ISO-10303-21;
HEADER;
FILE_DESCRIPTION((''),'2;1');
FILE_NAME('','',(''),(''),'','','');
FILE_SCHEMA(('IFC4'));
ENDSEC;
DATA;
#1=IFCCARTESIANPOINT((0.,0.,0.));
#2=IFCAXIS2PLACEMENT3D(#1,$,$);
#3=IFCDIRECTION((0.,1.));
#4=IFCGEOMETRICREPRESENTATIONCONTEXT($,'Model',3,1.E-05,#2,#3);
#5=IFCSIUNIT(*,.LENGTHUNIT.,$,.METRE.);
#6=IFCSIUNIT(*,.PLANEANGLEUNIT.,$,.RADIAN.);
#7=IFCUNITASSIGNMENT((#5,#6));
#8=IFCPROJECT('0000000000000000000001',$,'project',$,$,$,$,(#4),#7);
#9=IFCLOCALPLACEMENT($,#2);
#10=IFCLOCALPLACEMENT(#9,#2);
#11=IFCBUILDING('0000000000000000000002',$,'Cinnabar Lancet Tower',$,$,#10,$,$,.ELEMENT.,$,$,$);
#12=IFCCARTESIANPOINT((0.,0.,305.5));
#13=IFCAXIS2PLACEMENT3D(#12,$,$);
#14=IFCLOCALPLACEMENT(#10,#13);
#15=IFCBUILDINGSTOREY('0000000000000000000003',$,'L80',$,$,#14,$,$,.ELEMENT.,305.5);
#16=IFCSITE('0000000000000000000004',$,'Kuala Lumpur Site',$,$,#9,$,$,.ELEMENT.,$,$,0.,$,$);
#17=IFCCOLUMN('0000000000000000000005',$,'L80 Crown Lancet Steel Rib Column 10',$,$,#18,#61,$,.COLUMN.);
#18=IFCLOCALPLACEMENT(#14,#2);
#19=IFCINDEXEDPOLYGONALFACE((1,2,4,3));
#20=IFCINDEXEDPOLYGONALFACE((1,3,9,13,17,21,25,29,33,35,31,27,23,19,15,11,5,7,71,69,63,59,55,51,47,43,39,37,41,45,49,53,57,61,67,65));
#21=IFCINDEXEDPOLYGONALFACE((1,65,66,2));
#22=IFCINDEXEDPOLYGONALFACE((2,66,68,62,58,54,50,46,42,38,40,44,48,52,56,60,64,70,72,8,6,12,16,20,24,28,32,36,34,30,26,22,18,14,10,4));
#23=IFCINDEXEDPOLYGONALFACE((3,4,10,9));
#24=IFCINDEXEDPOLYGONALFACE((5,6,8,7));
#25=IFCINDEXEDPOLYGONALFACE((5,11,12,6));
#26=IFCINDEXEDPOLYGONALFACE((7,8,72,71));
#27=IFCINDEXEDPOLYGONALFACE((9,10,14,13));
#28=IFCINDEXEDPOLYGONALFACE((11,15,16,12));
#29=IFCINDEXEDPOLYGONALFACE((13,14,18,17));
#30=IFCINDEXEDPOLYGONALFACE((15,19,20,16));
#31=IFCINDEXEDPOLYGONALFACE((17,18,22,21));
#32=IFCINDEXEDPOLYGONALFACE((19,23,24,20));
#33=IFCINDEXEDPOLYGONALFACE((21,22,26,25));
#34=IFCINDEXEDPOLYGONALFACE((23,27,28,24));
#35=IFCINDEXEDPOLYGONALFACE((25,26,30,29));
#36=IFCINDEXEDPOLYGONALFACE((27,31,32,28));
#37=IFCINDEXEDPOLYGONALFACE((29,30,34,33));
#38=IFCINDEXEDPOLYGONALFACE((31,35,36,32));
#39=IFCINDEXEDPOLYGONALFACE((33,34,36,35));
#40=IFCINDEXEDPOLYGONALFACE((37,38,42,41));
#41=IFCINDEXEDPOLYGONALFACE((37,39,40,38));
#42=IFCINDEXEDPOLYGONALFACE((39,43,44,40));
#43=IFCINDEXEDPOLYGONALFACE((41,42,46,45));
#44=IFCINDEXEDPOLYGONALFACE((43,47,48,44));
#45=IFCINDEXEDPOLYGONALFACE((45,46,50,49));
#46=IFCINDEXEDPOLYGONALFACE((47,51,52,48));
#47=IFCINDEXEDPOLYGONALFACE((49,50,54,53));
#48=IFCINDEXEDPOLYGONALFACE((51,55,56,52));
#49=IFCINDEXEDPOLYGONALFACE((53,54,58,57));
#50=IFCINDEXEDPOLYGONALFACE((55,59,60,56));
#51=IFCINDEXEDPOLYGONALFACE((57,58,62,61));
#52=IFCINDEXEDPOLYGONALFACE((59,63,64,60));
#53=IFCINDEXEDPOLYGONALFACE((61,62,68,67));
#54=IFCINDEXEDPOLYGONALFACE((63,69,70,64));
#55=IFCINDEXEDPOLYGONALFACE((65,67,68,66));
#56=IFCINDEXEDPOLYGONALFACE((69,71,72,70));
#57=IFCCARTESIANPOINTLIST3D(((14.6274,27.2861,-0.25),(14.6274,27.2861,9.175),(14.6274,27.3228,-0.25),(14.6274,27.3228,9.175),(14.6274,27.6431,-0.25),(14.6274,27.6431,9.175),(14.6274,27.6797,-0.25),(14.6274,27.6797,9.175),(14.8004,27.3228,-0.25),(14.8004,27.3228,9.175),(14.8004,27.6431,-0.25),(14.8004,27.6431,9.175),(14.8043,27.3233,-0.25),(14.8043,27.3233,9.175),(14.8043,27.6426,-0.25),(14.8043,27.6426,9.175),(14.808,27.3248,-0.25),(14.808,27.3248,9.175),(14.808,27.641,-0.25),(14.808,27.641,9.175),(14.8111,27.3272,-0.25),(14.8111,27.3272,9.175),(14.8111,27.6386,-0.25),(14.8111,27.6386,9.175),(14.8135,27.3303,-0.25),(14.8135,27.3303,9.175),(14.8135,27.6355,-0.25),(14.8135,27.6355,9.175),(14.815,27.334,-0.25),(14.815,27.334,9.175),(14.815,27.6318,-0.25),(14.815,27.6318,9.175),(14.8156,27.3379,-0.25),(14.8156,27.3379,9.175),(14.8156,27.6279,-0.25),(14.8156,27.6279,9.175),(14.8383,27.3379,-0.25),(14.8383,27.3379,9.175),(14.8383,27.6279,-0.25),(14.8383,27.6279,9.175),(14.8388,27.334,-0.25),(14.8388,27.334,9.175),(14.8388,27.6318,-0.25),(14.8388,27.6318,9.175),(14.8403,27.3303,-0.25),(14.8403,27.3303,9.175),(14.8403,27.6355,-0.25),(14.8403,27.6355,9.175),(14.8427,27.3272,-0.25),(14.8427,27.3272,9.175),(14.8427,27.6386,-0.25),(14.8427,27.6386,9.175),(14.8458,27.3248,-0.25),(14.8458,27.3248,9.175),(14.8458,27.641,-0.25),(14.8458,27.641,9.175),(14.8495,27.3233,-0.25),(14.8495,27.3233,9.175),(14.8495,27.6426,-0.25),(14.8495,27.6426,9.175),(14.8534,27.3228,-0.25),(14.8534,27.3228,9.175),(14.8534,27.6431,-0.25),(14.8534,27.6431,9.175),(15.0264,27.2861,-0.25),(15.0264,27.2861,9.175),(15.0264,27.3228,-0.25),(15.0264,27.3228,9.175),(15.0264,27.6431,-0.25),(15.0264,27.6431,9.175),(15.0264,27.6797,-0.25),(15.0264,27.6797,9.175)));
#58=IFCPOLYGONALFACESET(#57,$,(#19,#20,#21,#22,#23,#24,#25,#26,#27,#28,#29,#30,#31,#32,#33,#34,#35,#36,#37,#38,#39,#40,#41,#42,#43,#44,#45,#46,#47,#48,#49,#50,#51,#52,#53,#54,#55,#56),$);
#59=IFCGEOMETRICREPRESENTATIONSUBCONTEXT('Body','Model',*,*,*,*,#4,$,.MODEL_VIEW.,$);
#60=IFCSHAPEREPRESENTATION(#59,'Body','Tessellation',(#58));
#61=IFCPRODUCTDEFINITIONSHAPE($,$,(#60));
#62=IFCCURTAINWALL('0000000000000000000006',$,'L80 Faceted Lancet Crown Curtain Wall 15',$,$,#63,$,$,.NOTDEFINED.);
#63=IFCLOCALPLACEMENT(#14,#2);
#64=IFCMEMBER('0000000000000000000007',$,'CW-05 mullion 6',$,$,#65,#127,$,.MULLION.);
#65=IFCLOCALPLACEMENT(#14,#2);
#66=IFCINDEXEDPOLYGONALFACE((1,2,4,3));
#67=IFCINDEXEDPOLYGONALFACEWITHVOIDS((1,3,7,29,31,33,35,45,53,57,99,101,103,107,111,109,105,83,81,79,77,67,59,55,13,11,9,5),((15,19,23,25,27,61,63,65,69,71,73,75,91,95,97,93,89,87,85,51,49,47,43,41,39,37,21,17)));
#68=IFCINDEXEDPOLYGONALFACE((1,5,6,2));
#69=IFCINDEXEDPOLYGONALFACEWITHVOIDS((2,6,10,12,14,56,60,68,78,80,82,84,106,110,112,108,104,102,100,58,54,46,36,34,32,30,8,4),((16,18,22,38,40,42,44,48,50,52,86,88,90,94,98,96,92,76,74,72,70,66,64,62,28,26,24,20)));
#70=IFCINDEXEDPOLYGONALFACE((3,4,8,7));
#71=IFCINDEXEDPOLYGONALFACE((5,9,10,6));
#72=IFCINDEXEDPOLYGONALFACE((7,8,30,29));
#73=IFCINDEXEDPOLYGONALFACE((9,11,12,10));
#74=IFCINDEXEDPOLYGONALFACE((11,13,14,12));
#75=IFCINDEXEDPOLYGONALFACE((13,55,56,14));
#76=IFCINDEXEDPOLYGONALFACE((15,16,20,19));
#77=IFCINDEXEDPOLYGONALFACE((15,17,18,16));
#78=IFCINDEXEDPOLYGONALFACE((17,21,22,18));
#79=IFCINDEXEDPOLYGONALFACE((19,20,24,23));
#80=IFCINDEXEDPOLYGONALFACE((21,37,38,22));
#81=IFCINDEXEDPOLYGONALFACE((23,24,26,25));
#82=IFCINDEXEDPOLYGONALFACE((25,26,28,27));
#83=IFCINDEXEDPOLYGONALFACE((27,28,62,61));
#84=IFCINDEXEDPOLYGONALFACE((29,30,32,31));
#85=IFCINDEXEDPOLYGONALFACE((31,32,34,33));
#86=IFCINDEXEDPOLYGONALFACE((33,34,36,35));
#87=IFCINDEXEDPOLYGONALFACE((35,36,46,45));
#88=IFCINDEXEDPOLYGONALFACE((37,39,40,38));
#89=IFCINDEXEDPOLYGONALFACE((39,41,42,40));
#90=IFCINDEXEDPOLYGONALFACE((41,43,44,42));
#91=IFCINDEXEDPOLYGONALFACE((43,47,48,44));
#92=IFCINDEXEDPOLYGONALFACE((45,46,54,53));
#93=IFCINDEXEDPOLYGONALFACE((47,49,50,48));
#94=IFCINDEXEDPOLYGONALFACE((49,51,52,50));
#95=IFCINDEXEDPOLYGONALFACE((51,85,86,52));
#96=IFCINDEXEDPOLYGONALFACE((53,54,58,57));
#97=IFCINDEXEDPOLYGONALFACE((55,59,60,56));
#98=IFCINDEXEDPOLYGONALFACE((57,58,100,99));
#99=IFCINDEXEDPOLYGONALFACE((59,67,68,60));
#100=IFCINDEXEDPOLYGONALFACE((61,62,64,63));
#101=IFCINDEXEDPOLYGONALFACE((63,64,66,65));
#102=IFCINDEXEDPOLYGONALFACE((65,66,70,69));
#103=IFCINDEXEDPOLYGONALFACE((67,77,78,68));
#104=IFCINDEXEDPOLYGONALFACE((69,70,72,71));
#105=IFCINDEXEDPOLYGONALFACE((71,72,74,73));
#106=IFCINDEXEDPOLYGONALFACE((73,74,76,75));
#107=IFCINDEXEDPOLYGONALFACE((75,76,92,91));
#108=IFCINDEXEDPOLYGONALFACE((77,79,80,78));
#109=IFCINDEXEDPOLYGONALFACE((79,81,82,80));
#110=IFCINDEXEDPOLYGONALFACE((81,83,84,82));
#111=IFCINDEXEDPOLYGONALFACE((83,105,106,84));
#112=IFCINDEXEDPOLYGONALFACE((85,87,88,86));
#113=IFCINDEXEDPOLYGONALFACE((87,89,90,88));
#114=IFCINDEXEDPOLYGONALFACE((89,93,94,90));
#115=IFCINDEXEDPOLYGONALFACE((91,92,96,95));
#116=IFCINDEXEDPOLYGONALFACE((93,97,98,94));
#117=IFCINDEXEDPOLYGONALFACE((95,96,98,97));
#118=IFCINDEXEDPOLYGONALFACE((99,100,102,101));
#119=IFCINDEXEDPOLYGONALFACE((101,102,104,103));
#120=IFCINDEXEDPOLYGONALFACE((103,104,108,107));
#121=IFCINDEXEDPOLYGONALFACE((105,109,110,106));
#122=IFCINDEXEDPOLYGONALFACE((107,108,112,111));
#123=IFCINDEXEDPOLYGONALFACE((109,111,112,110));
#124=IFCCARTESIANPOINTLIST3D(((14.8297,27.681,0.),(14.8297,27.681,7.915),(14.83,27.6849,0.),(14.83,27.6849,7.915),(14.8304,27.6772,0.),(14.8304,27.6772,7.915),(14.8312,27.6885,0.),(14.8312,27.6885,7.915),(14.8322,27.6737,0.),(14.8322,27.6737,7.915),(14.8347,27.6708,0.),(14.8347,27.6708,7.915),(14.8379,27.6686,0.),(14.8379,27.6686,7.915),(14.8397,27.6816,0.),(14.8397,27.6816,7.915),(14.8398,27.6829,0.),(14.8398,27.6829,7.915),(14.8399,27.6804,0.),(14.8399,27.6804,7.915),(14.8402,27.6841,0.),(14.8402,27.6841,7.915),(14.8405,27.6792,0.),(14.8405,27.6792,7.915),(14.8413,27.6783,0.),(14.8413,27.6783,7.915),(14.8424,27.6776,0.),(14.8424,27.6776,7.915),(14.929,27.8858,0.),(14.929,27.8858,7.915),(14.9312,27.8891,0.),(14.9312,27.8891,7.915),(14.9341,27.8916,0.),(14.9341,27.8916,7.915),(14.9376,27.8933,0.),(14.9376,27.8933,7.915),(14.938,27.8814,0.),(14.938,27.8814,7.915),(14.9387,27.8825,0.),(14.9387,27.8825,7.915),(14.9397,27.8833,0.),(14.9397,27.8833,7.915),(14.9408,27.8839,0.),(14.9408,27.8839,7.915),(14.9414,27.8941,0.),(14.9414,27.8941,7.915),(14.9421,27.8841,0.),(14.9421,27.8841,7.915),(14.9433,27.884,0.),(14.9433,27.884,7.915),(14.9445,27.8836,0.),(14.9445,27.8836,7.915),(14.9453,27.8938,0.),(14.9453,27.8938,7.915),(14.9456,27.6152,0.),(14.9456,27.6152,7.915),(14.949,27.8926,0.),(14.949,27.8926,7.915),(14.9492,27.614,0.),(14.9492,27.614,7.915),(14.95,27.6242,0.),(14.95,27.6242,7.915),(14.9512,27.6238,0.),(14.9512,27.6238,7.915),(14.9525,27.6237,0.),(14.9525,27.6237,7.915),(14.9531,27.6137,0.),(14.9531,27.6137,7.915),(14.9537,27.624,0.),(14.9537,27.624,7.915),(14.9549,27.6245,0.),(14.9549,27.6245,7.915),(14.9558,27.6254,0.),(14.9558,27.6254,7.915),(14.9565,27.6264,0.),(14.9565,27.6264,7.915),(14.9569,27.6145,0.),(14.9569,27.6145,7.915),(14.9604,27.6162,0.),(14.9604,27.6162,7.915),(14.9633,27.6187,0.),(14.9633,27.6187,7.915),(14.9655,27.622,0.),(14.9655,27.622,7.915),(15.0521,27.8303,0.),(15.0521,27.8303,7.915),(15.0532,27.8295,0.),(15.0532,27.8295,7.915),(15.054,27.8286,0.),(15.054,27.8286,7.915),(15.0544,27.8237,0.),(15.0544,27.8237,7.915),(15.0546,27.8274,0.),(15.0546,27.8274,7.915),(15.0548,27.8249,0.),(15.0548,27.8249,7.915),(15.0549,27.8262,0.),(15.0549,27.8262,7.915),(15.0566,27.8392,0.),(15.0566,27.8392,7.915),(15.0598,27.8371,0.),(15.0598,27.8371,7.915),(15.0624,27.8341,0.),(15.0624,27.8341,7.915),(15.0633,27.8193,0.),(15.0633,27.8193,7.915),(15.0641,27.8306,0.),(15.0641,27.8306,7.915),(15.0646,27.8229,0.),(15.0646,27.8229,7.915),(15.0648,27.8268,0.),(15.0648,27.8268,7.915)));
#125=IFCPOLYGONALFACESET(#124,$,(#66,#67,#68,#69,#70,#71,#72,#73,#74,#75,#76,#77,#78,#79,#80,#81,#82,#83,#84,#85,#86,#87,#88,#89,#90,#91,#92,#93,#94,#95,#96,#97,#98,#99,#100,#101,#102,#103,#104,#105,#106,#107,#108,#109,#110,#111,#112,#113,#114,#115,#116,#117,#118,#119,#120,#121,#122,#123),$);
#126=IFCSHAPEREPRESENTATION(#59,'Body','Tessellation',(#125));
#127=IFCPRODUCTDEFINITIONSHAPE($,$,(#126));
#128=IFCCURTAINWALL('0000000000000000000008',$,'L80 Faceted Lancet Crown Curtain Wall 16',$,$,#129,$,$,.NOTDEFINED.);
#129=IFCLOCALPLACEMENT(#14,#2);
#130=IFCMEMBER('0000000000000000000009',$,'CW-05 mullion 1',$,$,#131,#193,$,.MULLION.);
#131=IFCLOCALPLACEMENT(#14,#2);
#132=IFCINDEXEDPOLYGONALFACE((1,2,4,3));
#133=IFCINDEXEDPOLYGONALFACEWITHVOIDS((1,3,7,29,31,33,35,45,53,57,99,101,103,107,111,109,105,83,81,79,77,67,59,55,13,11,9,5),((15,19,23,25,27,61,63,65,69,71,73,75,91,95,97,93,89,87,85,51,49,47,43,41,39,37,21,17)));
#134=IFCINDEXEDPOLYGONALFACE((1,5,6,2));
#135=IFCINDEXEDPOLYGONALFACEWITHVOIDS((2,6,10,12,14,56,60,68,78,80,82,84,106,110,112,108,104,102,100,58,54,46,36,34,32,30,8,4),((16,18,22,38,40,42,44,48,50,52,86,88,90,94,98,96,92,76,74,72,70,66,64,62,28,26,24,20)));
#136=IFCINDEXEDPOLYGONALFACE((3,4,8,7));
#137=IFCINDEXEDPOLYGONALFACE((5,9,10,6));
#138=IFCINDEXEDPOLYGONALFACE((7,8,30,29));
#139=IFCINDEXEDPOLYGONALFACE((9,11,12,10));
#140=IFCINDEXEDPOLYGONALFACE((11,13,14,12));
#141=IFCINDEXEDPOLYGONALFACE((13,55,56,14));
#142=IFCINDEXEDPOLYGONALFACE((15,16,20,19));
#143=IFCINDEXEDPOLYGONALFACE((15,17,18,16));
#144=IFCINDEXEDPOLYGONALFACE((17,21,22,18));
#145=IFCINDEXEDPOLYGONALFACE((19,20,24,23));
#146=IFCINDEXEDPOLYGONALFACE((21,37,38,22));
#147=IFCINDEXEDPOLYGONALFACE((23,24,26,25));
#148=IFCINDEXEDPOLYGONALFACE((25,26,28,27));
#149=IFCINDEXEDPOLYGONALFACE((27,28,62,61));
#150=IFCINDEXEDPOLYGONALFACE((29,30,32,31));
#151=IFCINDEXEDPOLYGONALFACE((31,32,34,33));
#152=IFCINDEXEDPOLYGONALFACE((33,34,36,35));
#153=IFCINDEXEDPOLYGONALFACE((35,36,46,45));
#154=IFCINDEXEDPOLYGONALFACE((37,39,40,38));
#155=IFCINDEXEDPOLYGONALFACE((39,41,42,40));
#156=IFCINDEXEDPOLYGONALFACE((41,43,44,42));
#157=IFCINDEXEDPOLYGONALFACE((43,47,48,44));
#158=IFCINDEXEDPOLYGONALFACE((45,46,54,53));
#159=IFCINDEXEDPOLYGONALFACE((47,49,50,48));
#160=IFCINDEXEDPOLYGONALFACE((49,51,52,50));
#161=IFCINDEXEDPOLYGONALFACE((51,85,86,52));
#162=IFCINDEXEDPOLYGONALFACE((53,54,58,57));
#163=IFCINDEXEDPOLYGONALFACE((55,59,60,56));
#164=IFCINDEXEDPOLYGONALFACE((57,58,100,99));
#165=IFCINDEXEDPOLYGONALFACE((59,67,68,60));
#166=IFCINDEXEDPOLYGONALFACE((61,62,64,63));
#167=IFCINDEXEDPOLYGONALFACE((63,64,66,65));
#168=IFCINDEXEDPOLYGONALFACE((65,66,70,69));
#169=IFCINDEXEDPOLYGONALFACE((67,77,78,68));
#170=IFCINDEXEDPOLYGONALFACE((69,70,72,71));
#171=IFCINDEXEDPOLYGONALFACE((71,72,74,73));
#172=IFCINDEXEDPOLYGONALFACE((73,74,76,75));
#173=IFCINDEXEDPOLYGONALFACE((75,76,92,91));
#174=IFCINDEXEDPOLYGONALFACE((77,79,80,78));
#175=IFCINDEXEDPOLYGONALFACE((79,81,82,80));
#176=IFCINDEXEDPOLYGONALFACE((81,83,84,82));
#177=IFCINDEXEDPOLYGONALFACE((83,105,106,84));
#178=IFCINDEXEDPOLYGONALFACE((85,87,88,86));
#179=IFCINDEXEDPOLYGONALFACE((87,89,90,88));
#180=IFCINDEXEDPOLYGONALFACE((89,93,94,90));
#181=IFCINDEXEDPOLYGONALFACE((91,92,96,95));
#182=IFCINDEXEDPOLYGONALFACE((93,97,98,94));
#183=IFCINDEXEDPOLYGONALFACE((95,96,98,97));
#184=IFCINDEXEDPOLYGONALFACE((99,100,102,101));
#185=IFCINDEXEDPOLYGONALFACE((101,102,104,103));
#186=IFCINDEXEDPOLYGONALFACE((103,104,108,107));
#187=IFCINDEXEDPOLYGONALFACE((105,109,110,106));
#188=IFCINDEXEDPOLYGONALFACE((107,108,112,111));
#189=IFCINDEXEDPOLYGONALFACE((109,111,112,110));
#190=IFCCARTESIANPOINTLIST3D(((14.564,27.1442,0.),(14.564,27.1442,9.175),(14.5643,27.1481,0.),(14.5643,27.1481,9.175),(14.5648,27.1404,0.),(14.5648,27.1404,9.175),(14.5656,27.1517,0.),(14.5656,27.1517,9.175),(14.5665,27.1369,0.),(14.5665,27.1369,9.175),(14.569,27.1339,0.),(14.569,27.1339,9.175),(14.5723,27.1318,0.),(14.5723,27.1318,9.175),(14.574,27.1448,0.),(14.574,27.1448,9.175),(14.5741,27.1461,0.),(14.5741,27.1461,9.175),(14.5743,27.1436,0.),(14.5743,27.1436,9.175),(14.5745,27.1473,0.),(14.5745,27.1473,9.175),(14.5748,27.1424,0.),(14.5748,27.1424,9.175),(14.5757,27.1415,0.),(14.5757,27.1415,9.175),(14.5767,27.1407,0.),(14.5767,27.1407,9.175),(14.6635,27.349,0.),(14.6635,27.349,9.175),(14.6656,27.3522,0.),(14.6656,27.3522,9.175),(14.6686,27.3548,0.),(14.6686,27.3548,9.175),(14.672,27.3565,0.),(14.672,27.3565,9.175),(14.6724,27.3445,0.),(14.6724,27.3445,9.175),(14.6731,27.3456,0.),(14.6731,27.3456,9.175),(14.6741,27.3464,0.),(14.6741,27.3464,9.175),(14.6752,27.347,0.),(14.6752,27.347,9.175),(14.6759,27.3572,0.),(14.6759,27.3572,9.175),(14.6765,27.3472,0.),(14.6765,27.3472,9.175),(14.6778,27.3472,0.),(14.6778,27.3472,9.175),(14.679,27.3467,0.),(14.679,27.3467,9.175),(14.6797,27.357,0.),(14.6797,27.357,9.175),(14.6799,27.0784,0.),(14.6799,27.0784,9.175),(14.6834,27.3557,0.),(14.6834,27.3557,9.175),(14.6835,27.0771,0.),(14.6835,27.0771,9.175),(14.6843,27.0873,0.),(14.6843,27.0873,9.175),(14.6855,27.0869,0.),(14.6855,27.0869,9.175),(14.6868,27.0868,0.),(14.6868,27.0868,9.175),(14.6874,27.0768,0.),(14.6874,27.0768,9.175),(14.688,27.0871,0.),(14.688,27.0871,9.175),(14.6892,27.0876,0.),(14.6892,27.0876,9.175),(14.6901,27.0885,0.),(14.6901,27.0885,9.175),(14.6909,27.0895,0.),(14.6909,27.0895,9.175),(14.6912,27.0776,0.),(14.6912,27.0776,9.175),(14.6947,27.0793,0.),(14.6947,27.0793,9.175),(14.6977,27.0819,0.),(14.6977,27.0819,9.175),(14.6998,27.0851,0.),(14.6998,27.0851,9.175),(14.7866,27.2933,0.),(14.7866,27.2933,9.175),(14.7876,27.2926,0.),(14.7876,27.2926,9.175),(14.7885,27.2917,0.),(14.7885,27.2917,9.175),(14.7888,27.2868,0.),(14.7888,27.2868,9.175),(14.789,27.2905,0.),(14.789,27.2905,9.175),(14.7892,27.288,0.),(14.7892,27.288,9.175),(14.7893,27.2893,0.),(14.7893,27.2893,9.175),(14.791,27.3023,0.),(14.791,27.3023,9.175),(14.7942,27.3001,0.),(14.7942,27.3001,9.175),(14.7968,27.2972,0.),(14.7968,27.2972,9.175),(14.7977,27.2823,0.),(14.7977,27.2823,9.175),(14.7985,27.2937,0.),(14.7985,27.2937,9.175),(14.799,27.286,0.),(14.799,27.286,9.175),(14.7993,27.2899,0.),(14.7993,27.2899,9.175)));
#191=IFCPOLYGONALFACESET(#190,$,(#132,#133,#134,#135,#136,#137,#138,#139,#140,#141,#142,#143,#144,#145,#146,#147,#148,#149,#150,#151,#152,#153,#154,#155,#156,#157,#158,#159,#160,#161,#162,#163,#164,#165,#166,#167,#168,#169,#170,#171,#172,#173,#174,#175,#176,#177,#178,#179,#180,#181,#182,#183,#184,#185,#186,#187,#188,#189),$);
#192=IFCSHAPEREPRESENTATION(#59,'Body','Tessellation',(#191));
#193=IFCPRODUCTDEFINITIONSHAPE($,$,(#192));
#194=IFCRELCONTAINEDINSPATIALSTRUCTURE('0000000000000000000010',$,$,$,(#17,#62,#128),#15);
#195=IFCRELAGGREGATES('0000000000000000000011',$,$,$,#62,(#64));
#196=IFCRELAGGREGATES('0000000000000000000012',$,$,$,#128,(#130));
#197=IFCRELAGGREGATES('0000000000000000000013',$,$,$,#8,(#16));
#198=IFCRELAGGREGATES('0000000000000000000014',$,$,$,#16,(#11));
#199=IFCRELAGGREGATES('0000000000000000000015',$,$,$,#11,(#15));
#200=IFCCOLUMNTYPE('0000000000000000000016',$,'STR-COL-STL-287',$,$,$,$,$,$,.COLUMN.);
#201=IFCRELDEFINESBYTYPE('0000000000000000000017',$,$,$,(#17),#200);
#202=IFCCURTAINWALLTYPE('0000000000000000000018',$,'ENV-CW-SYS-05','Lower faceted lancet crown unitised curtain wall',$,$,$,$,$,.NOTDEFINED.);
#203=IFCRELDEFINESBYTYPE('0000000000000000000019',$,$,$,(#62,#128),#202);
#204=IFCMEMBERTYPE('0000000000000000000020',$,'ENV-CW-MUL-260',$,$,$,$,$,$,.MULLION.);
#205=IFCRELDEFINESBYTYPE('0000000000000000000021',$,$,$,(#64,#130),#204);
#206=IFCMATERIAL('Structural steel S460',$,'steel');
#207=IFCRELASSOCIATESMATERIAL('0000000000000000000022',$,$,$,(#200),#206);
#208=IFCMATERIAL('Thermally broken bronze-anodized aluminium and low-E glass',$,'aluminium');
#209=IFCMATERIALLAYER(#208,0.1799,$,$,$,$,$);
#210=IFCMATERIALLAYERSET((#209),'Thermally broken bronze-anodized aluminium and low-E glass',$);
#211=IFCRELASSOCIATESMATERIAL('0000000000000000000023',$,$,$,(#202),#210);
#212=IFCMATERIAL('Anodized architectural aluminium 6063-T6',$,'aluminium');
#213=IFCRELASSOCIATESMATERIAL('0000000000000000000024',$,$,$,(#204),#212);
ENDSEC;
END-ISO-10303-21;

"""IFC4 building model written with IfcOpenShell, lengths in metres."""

from ifc_helpers import new_model, si_unit, direction, frame, origin, origin_2d, place, context, subcontext, project, spatial, hollow_rectangle, i_section, extrude, material, layer, layer_set, material_profile, profile_set, type_object, element, aggregate, save


model = new_model("IFC4")

# Units and contexts
model_context = context("Model", 3, precision=1e-05, world=origin(), true_north=direction((0.0, 1.0)))
body_context = subcontext(model_context, "Body", "Model", "MODEL_VIEW")
ifc_project = project(units=[si_unit("LENGTHUNIT", "METRE"), si_unit("PLANEANGLEUNIT", "RADIAN")], contexts=[model_context])

# Site, building, storey
site_placement = place(None, origin())
site = spatial("IfcSite", under=ifc_project, at=site_placement, Name="Kuala Lumpur Site", CompositionType="ELEMENT", RefElevation=0.0)
building_placement = place(site_placement, origin())
building = spatial("IfcBuilding", under=site, at=building_placement, Name="Cinnabar Lancet Tower", CompositionType="ELEMENT")
storey_placement = place(building_placement, frame((0.0, 0.0, 305.5)))
storey = spatial("IfcBuildingStorey", under=building, at=storey_placement, Name="L80", CompositionType="ELEMENT", Elevation=305.5)

# Column
ifc_material_1 = material(Name="Structural steel S460", Category="steel")
ifc_material_profile_1 = material_profile(ifc_material_1, i_section(OverallWidth=0.3989, OverallDepth=0.3936, WebThickness=0.0227, FlangeThickness=0.0366, FilletRadius=0.0151, at=origin_2d()), Name="UKC 356x406x287")
ifc_profile_set_1 = profile_set([ifc_material_profile_1], Name="Structural steel S460")
column_type = type_object("IfcColumnType", Name="STR-COL-STL-287", PredefinedType="COLUMN", material=ifc_profile_set_1)
column_placement = place(storey_placement, frame((14.8269, 27.4829, -0.25), z_axis=(0.0, 0.0, 1.0), x_axis=(1.0, 0.0, 0.0)))
element("IfcColumn", 1, at=column_placement, inside=storey, type_object=column_type, Name="L80 Crown Lancet Steel Rib Column 10", PredefinedType="COLUMN", context=body_context, shape_type="SweptSolid", body=[
    extrude(i_section(OverallWidth=0.3989, OverallDepth=0.3936, WebThickness=0.0227, FlangeThickness=0.0366, FilletRadius=0.0151, at=origin_2d()), origin(), (0.0, 0.0, 1.0), 9.425),
])

# Curtain wall, member
ifc_material_2 = material(Name="Thermally broken bronze-anodized aluminium and low-E glass", Category="aluminium")
ifc_layer_1 = layer(ifc_material_2, 0.1799)
ifc_layer_set_1 = layer_set([ifc_layer_1], Name="Thermally broken bronze-anodized aluminium and low-E glass")
curtain_wall_type = type_object("IfcCurtainWallType", Name="ENV-CW-SYS-05", Description="Lower faceted lancet crown unitised curtain wall", PredefinedType="NOTDEFINED", material=ifc_layer_set_1)
curtain_wall_1_placement = place(storey_placement, origin())
curtain_wall_1 = element("IfcCurtainWall", 2, at=curtain_wall_1_placement, inside=storey, type_object=curtain_wall_type, Name="L80 Faceted Lancet Crown Curtain Wall 15", PredefinedType="NOTDEFINED")
ifc_material_3 = material(Name="Anodized architectural aluminium 6063-T6", Category="aluminium")
ifc_material_profile_2 = material_profile(ifc_material_3, hollow_rectangle(XDim=0.1499, YDim=0.25, WallThickness=0.01, InnerFilletRadius=0.0049, OuterFilletRadius=0.0149, at=origin_2d()), Name="RHS 250x150x10")
ifc_profile_set_2 = profile_set([ifc_material_profile_2], Name="Anodized architectural aluminium 6063-T6")
member_type_1 = type_object("IfcMemberType", Name="ENV-CW-MUL-260", PredefinedType="MULLION", material=ifc_profile_set_2)
member_1_placement = place(storey_placement, frame((14.9473, 27.7539, 0.0), z_axis=(0.0, 0.0, 1.0), x_axis=(0.895948, -0.444159, 0.0)))
member_1 = element("IfcMember", 3, at=member_1_placement, type_object=member_type_1, Name="CW-05 mullion 6", PredefinedType="MULLION", context=body_context, shape_type="SweptSolid", body=[
    extrude(hollow_rectangle(XDim=0.1499, YDim=0.25, WallThickness=0.01, InnerFilletRadius=0.0049, OuterFilletRadius=0.0149, at=origin_2d()), origin(), (0.0, 0.0, 1.0), 7.915),
])

# Curtain wall, member
curtain_wall_2_placement = place(storey_placement, origin())
curtain_wall_2 = element("IfcCurtainWall", 4, at=curtain_wall_2_placement, inside=storey, type_object=curtain_wall_type, Name="L80 Faceted Lancet Crown Curtain Wall 16", PredefinedType="NOTDEFINED")
member_2_placement = place(storey_placement, frame((14.6816, 27.217, 0.0), z_axis=(0.0, 0.0, 1.0), x_axis=(0.895742, -0.444574, 0.0)))
member_2 = element("IfcMember", 5, at=member_2_placement, type_object=member_type_1, Name="CW-05 mullion 1", PredefinedType="MULLION", context=body_context, shape_type="SweptSolid", body=[
    extrude(hollow_rectangle(XDim=0.1499, YDim=0.25, WallThickness=0.01, InnerFilletRadius=0.0049, OuterFilletRadius=0.0149, at=origin_2d()), origin(), (0.0, 0.0, 1.0), 9.175),
])

aggregate(curtain_wall_1, [member_1])
aggregate(curtain_wall_2, [member_2])

save(model, "model.ifc")
